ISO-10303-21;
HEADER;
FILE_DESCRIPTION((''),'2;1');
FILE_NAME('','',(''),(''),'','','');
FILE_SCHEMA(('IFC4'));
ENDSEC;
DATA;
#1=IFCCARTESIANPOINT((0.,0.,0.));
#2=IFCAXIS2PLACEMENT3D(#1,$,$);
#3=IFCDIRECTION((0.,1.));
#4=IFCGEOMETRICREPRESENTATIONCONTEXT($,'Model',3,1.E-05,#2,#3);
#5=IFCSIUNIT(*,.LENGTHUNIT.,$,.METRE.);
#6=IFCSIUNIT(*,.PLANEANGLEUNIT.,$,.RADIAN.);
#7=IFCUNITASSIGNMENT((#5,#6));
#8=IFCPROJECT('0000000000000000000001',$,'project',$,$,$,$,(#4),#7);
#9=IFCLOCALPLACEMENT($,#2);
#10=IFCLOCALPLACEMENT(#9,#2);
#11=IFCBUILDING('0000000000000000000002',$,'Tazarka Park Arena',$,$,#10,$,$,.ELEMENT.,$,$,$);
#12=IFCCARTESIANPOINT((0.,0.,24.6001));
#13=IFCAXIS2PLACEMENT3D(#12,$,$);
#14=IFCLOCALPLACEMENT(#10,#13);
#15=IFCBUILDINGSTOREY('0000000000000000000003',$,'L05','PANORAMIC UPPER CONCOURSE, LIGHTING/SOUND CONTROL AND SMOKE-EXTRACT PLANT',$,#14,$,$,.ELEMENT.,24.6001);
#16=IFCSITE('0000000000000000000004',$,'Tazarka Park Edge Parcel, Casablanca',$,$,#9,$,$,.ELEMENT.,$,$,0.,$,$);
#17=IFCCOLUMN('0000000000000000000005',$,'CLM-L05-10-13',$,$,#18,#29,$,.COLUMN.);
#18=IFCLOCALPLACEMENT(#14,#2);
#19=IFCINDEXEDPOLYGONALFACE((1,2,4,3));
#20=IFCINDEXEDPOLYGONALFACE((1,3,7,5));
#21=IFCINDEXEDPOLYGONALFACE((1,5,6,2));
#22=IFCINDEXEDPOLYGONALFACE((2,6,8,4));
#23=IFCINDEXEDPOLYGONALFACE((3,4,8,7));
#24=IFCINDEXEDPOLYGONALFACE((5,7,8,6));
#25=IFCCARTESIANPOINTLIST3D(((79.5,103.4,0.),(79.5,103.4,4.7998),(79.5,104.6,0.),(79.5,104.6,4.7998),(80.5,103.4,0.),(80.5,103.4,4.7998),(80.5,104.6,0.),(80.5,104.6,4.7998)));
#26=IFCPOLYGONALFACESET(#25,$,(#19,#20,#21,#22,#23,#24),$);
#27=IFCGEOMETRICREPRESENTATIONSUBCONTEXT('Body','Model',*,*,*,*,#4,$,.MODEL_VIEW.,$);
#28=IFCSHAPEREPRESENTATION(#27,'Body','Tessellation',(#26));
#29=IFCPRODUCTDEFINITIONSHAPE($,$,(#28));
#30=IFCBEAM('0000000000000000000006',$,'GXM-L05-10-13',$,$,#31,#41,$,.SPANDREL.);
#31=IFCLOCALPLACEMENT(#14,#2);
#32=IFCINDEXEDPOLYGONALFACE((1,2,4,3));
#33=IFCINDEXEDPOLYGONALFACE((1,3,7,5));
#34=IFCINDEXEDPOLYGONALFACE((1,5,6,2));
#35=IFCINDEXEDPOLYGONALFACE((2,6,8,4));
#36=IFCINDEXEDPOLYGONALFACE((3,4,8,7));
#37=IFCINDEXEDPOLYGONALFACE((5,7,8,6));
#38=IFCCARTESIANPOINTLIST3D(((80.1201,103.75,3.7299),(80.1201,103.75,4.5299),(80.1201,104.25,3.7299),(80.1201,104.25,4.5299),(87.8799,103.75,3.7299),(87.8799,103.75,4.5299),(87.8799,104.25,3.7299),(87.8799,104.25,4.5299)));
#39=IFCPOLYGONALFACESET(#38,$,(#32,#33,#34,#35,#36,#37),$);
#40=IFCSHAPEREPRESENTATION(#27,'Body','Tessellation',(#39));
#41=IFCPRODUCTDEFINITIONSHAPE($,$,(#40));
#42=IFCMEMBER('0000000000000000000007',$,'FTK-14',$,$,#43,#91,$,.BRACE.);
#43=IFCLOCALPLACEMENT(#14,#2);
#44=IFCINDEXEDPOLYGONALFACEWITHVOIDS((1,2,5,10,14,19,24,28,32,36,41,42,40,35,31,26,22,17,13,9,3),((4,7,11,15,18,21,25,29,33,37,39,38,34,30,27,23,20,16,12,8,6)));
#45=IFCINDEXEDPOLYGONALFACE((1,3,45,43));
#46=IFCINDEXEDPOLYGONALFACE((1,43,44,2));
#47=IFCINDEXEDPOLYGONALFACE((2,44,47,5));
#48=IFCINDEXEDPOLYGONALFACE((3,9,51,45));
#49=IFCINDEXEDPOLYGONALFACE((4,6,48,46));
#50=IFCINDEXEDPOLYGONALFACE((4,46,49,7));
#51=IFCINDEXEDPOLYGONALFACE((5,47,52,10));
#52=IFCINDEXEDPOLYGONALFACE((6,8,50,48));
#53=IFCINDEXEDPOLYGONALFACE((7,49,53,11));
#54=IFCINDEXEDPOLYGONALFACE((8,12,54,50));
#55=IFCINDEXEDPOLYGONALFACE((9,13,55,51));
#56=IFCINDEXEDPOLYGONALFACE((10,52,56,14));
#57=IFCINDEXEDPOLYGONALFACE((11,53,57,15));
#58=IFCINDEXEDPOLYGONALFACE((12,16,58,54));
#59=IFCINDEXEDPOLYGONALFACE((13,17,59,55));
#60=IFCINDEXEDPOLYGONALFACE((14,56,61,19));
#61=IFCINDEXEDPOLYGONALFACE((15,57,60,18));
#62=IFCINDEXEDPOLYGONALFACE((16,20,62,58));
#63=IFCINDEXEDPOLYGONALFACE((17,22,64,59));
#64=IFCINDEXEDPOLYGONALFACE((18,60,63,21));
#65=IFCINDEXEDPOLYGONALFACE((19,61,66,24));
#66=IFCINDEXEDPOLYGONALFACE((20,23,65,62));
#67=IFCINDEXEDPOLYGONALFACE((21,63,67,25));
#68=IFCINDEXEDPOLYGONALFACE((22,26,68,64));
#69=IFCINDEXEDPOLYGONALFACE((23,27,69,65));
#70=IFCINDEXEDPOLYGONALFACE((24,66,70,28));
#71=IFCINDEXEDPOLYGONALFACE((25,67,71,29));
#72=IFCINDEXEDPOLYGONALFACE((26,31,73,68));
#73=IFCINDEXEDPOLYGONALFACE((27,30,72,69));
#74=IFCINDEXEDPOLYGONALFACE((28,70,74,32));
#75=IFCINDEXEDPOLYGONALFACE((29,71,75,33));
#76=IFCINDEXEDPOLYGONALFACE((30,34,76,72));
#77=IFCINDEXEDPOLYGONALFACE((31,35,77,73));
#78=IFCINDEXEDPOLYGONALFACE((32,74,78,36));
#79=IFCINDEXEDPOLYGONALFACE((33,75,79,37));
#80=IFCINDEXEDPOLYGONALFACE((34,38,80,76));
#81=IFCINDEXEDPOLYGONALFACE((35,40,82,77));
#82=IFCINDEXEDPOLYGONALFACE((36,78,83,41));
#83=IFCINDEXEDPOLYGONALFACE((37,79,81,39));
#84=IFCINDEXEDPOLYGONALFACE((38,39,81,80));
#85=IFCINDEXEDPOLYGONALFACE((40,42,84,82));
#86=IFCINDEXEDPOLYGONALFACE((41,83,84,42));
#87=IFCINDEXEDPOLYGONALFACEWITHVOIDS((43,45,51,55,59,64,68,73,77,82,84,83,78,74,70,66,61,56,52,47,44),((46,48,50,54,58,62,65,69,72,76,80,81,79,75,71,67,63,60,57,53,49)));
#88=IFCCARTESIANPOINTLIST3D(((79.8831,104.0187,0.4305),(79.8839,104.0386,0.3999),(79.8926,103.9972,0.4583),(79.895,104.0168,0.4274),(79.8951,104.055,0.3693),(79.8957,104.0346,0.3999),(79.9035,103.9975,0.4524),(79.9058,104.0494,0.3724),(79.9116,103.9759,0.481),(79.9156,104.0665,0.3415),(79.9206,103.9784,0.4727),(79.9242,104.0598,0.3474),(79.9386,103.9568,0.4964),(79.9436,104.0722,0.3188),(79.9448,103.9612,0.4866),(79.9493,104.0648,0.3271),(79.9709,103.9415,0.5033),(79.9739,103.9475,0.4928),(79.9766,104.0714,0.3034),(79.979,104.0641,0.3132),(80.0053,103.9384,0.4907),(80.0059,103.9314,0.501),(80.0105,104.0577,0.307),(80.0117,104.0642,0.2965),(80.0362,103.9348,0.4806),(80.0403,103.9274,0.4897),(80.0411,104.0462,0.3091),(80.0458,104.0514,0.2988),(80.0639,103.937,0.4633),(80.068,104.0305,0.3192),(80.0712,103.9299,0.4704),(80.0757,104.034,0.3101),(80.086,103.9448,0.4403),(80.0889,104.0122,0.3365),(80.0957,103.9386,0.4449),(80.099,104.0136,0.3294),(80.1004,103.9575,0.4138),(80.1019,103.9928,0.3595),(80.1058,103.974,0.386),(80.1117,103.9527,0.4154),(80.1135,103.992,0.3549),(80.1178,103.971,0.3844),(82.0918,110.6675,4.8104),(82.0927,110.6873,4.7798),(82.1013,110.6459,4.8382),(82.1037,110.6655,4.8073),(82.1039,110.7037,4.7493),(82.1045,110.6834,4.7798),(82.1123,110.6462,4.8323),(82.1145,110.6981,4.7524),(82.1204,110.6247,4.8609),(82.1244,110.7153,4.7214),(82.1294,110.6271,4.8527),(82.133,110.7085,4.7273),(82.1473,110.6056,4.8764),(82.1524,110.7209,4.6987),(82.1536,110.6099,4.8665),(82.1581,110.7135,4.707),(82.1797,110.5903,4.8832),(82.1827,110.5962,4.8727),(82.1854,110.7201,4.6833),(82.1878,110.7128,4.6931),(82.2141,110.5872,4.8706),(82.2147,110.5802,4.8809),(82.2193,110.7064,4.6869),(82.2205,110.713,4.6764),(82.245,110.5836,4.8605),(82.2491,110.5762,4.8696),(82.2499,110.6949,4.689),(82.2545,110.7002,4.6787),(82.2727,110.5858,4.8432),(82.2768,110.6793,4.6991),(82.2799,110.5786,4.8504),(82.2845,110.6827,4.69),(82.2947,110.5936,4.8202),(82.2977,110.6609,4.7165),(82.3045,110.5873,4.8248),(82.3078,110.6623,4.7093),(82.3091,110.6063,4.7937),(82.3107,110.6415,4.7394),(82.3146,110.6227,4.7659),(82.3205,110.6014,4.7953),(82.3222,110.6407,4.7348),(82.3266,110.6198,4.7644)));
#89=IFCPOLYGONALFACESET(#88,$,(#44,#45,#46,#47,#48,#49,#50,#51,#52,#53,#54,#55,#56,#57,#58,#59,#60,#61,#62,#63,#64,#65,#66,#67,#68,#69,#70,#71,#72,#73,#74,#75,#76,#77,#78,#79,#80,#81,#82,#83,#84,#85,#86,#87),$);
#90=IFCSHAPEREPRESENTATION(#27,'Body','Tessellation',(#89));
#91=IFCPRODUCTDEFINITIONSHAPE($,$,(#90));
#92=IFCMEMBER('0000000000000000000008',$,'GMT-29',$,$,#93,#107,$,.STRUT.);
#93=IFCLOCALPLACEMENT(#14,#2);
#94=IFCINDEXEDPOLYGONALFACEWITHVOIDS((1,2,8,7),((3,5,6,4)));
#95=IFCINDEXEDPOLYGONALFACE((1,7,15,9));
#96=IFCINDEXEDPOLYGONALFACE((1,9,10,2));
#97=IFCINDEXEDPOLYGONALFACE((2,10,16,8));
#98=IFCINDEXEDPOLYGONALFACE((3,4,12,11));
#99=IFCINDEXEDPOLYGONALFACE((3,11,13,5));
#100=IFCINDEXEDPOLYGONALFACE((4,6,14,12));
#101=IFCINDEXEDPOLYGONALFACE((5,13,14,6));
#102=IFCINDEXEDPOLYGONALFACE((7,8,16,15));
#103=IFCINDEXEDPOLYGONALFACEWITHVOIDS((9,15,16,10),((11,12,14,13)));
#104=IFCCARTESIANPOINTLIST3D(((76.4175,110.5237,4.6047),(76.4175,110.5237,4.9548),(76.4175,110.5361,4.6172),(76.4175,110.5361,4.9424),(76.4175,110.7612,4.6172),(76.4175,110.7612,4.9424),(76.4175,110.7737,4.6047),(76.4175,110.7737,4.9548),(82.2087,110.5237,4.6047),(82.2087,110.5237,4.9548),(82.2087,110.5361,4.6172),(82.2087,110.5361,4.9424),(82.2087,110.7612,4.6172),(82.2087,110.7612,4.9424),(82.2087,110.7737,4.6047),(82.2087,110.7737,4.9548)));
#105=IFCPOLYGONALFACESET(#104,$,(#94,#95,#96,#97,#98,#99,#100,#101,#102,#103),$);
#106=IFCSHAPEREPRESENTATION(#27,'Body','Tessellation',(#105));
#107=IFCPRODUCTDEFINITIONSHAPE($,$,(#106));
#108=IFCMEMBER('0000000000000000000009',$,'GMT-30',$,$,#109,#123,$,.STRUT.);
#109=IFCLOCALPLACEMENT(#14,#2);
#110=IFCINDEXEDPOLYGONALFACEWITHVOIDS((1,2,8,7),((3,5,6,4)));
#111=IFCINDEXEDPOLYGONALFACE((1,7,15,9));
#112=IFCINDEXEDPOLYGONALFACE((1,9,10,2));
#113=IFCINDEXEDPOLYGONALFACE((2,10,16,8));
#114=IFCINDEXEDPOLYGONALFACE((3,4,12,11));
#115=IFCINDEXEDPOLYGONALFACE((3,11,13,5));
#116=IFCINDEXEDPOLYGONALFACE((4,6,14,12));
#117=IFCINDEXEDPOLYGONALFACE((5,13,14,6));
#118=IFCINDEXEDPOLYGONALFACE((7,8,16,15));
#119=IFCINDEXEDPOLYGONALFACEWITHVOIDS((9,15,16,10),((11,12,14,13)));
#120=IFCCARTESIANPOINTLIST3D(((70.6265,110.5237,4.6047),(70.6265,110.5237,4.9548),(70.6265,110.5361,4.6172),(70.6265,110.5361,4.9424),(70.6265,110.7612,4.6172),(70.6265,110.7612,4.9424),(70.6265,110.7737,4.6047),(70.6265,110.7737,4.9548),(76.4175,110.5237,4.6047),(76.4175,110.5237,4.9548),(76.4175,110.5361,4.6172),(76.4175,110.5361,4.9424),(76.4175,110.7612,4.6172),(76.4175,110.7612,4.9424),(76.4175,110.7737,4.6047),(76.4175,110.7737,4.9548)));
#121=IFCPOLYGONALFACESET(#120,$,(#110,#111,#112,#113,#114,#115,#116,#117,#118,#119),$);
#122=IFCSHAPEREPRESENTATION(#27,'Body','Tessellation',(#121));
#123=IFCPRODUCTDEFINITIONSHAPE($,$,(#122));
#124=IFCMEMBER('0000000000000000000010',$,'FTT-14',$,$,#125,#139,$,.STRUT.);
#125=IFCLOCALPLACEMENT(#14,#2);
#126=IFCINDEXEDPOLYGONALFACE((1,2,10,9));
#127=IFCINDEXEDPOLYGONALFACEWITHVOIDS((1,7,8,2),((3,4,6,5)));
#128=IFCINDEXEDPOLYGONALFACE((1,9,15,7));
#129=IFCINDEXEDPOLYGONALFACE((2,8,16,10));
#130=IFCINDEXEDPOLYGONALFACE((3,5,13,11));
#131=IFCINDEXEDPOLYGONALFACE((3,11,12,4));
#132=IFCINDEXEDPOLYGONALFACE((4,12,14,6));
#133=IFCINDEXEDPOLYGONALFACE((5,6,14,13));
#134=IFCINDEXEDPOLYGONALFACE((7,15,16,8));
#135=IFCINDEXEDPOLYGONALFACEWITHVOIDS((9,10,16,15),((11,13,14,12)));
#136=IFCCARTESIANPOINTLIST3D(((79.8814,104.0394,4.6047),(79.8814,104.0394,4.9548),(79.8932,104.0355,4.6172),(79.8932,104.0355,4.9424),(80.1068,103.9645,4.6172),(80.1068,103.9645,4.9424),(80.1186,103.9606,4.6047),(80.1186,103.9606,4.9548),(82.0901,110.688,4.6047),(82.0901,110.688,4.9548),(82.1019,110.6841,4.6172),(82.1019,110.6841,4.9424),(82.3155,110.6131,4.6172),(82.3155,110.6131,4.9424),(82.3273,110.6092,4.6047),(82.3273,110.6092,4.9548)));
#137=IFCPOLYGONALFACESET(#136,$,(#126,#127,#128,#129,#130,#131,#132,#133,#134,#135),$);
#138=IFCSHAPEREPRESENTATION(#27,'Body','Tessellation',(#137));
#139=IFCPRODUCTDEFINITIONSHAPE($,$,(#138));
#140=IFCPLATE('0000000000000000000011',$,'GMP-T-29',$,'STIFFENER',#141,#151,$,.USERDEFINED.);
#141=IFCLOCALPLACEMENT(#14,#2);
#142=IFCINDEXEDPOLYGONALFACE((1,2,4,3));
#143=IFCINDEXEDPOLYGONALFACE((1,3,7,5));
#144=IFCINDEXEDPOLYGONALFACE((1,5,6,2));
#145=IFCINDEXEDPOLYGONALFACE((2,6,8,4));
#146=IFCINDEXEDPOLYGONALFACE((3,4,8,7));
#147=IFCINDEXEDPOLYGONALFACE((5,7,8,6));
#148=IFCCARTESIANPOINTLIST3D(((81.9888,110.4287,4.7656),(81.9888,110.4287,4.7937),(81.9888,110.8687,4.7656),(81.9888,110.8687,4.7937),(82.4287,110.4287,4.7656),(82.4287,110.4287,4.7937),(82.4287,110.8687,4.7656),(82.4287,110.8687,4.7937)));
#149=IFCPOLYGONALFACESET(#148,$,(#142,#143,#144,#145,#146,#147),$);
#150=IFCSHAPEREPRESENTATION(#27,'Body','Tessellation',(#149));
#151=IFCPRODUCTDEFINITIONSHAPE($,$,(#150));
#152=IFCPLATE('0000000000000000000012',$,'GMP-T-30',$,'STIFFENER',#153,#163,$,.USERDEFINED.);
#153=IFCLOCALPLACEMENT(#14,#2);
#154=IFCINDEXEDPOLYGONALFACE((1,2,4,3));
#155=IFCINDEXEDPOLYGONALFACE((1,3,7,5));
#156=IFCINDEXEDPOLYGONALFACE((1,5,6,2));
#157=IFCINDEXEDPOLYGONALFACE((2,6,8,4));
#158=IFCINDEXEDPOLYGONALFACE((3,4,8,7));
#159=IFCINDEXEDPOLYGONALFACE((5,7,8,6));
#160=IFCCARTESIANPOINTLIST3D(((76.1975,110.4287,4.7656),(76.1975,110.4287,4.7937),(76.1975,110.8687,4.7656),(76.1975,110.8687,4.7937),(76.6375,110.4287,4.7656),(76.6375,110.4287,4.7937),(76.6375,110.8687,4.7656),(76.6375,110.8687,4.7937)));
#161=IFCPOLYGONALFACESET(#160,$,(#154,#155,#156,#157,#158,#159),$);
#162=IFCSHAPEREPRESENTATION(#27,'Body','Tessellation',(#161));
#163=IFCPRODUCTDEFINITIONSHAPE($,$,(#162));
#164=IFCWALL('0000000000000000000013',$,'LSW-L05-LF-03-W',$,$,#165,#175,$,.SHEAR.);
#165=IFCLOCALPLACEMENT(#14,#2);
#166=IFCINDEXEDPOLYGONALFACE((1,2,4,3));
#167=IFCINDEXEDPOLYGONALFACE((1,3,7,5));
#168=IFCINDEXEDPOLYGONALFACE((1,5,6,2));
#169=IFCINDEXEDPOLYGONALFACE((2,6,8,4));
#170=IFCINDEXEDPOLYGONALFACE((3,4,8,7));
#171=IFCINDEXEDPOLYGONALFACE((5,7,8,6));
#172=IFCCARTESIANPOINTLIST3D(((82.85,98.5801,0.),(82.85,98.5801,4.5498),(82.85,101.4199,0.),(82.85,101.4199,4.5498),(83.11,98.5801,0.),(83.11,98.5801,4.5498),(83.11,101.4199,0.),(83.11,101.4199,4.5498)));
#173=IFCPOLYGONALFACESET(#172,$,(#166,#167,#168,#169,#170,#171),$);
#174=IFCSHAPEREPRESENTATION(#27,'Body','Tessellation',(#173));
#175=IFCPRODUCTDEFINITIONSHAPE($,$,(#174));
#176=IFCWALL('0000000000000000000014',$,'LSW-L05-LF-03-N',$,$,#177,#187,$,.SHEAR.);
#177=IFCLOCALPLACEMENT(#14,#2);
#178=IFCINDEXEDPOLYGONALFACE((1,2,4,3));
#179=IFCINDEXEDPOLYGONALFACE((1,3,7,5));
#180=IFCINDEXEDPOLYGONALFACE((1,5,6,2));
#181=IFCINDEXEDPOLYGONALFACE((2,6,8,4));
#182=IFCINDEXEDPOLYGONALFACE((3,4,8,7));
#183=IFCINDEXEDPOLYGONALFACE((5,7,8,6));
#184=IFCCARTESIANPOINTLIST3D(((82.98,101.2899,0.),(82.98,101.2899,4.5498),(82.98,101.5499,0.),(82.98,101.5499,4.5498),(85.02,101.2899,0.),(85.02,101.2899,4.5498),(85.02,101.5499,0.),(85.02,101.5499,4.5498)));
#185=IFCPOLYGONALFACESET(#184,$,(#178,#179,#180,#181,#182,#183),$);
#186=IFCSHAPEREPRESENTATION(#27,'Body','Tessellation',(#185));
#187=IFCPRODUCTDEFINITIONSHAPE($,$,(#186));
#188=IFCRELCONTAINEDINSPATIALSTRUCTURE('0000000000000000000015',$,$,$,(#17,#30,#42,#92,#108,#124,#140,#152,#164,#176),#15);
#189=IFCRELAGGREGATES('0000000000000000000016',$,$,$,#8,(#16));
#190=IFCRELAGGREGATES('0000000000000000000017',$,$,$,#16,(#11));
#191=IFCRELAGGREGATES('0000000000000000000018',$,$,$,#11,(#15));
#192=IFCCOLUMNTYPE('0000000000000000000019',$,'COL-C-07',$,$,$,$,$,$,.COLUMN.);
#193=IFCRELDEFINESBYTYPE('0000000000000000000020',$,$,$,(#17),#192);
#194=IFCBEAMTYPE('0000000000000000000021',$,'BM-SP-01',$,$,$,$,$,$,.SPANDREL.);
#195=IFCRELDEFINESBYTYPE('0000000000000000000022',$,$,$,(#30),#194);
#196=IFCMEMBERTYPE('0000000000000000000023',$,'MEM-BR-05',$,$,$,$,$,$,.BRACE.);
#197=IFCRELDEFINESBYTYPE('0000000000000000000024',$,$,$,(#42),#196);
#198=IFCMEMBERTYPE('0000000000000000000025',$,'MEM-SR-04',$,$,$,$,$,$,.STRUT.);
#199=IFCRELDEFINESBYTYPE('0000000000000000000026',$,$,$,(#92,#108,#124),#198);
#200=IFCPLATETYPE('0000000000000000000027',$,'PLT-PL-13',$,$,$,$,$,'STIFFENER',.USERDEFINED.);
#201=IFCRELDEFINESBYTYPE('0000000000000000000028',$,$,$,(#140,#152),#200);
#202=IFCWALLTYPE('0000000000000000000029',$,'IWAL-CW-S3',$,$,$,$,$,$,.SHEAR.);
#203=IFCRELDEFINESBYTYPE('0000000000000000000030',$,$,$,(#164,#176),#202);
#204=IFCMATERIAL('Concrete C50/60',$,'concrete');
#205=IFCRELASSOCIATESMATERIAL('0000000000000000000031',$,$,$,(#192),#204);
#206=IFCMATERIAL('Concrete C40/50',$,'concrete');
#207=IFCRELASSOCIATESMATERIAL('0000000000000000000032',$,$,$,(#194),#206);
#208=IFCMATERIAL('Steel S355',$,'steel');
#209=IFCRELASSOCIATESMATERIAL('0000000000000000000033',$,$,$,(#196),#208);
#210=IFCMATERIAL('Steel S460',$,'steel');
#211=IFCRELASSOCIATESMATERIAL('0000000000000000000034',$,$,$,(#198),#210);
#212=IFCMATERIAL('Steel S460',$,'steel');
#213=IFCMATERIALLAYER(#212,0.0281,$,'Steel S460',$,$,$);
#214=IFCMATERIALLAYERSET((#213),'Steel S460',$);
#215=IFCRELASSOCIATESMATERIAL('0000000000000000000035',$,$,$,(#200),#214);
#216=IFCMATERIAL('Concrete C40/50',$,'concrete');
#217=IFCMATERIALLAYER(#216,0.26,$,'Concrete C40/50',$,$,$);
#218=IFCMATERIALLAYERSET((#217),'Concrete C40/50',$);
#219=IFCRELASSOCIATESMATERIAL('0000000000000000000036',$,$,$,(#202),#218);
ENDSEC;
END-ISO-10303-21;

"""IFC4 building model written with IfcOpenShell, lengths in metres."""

from ifc_helpers import new_model, si_unit, direction, frame, frame_2d, origin, origin_2d, place, context, subcontext, project, spatial, rectangle, hollow_rectangle, hollow_circle, extrude, material, layer, layer_set, material_profile, profile_set, type_object, element, save


model = new_model("IFC4")

# Units and contexts
model_context = context("Model", 3, precision=1e-05, world=origin(), true_north=direction((0.0, 1.0)))
body_context = subcontext(model_context, "Body", "Model", "MODEL_VIEW")
ifc_project = project(units=[si_unit("LENGTHUNIT", "METRE"), si_unit("PLANEANGLEUNIT", "RADIAN")], contexts=[model_context])

# Site, building, storey
site_placement = place(None, origin())
site = spatial("IfcSite", under=ifc_project, at=site_placement, Name="Tazarka Park Edge Parcel, Casablanca", CompositionType="ELEMENT", RefElevation=0.0)
building_placement = place(site_placement, origin())
building = spatial("IfcBuilding", under=site, at=building_placement, Name="Tazarka Park Arena", CompositionType="ELEMENT")
storey_placement = place(building_placement, frame((0.0, 0.0, 24.6001)))
storey = spatial("IfcBuildingStorey", under=building, at=storey_placement, Name="L05", Description="PANORAMIC UPPER CONCOURSE, LIGHTING/SOUND CONTROL AND SMOKE-EXTRACT PLANT", CompositionType="ELEMENT", Elevation=24.6001)

# Column
ifc_material_1 = material(Name="Concrete C50/60", Category="concrete")
ifc_material_profile_1 = material_profile(ifc_material_1, rectangle(XDim=1.0, YDim=1.2, at=origin_2d()), Name="Concrete C50/60")
ifc_profile_set_1 = profile_set([ifc_material_profile_1], Name="Concrete C50/60")
column_type = type_object("IfcColumnType", Name="COL-C-07", PredefinedType="COLUMN", material=ifc_profile_set_1)
column_placement = place(storey_placement, frame((80.0, 104.0, 0.0), z_axis=(0.0, 0.0, 1.0), x_axis=(1.0, 0.0, 0.0)))
element("IfcColumn", 1, at=column_placement, inside=storey, type_object=column_type, Name="CLM-L05-10-13", PredefinedType="COLUMN", context=body_context, shape_type="SweptSolid", body=[
    extrude(rectangle(XDim=1.0, YDim=1.2, at=origin_2d()), origin(), (0.0, 0.0, 1.0), 4.7998),
])

# Beam
ifc_material_2 = material(Name="Concrete C40/50", Category="concrete")
ifc_material_profile_2 = material_profile(ifc_material_2, rectangle(XDim=0.5, YDim=0.8, at=origin_2d()), Name="Concrete C40/50")
ifc_profile_set_2 = profile_set([ifc_material_profile_2], Name="Concrete C40/50")
beam_type = type_object("IfcBeamType", Name="BM-SP-01", PredefinedType="SPANDREL", material=ifc_profile_set_2)
beam_placement = place(storey_placement, frame((80.1201, 104.0, 4.1299), z_axis=(1.0, 0.0, 0.0), x_axis=(0.0, 1.0, 0.0)))
element("IfcBeam", 2, at=beam_placement, inside=storey, type_object=beam_type, Name="GXM-L05-10-13", PredefinedType="SPANDREL", context=body_context, shape_type="SweptSolid", body=[
    extrude(rectangle(XDim=0.5, YDim=0.8, at=origin_2d()), origin(), (0.0, 0.0, 1.0), 7.7598),
])

# Members
ifc_material_3 = material(Name="Steel S355", Category="steel")
ifc_material_profile_3 = material_profile(ifc_material_3, hollow_circle(Radius=0.1223, WallThickness=0.0125, at=origin_2d()), Name="Steel S355")
ifc_profile_set_3 = profile_set([ifc_material_profile_3], Name="Steel S355")
member_type_1 = type_object("IfcMemberType", Name="MEM-BR-05", PredefinedType="BRACE", material=ifc_profile_set_3)
member_1_placement = place(storey_placement, frame((80.0, 104.0, 0.3999), z_axis=(0.267325, 0.804694, 0.5301), x_axis=(-0.949003, 0.315266, 0.0)))
element("IfcMember", 3, at=member_1_placement, inside=storey, type_object=member_type_1, Name="FTK-14", PredefinedType="BRACE", context=body_context, shape_type="SweptSolid", body=[
    extrude(hollow_circle(Radius=0.1223, WallThickness=0.0125, at=origin_2d()), origin(), (0.0, 0.0, 1.0), 8.2625),
])
ifc_material_4 = material(Name="Steel S460", Category="steel")
ifc_material_profile_4 = material_profile(ifc_material_4, hollow_rectangle(XDim=0.25, YDim=0.3501, WallThickness=0.0125, at=origin_2d()), Name="Steel S460")
ifc_profile_set_4 = profile_set([ifc_material_profile_4], Name="Steel S460")
member_type_2 = type_object("IfcMemberType", Name="MEM-SR-04", PredefinedType="STRUT", material=ifc_profile_set_4)
member_2_placement = place(storey_placement, frame((82.2087, 110.6487, 4.7798), z_axis=(-1.0, 0.0, 0.0), x_axis=(0.0, -1.0, 0.0)))
element("IfcMember", 4, at=member_2_placement, inside=storey, type_object=member_type_2, Name="GMT-29", PredefinedType="STRUT", context=body_context, shape_type="SweptSolid", body=[
    extrude(hollow_rectangle(XDim=0.25, YDim=0.3501, WallThickness=0.0125, at=origin_2d()), origin(), (0.0, 0.0, 1.0), 5.7913),
])
member_3_placement = place(storey_placement, frame((76.4175, 110.6487, 4.7798), z_axis=(-1.0, 0.0, 0.0), x_axis=(0.0, -1.0, 0.0)))
element("IfcMember", 5, at=member_3_placement, inside=storey, type_object=member_type_2, Name="GMT-30", PredefinedType="STRUT", context=body_context, shape_type="SweptSolid", body=[
    extrude(hollow_rectangle(XDim=0.25, YDim=0.3501, WallThickness=0.0125, at=origin_2d()), origin(), (0.0, 0.0, 1.0), 5.791),
])
member_4_placement = place(storey_placement, frame((80.0, 104.0, 4.7798), z_axis=(0.315266, 0.949003, 0.0), x_axis=(-0.949003, 0.315266, 0.0)))
element("IfcMember", 6, at=member_4_placement, inside=storey, type_object=member_type_2, Name="FTT-14", PredefinedType="STRUT", context=body_context, shape_type="SweptSolid", body=[
    extrude(hollow_rectangle(XDim=0.25, YDim=0.3501, WallThickness=0.0125, at=origin_2d()), origin(), (0.0, 0.0, 1.0), 7.0059),
])

# Plates
ifc_material_5 = material(Name="Steel S460", Category="steel")
ifc_layer_1 = layer(ifc_material_5, 0.0281, Name="Steel S460")
ifc_layer_set_1 = layer_set([ifc_layer_1], Name="Steel S460")
plate_type = type_object("IfcPlateType", Name="PLT-PL-13", ElementType="STIFFENER", PredefinedType="USERDEFINED", material=ifc_layer_set_1)
for number, where, z_axis, x_axis, name in (
    (7, (82.2087, 110.6487, 4.7656), (0.0, 0.0, 1.0), (1.0, 0.0, 0.0), "GMP-T-29"),
    (8, (76.4175, 110.6487, 4.7656), (0.0, 0.0, 1.0), (1.0, 0.0, 0.0), "GMP-T-30"),
):
    element("IfcPlate", number, at=place(storey_placement, frame(where, z_axis=z_axis, x_axis=x_axis)), inside=storey, type_object=plate_type, Name=name, ObjectType="STIFFENER", PredefinedType="USERDEFINED", context=body_context, shape_type="SweptSolid", body=[
        extrude(rectangle(XDim=0.4399, YDim=0.4399, at=origin_2d()), origin(), (0.0, 0.0, 1.0), 0.0281),
    ])

# Walls
ifc_material_6 = material(Name="Concrete C40/50", Category="concrete")
ifc_layer_2 = layer(ifc_material_6, 0.26, Name="Concrete C40/50")
ifc_layer_set_2 = layer_set([ifc_layer_2], Name="Concrete C40/50")
wall_type_1 = type_object("IfcWallType", Name="IWAL-CW-S3", PredefinedType="SHEAR", material=ifc_layer_set_2)
wall_1_placement = place(storey_placement, frame((82.98, 98.5801, 0.0), z_axis=(0.0, 0.0, 1.0), x_axis=(0.0, 1.0, 0.0)))
element("IfcWall", 9, at=wall_1_placement, inside=storey, type_object=wall_type_1, Name="LSW-L05-LF-03-W", PredefinedType="SHEAR", context=body_context, shape_type="SweptSolid", body=[
    extrude(rectangle(XDim=2.8398, YDim=0.26, at=frame_2d((1.4199, 0.0))), origin(), (0.0, 0.0, 1.0), 4.5498),
])
for number, where, z_axis, x_axis, name in (
    (10, (82.98, 101.4199, 0.0), (0.0, 0.0, 1.0), (1.0, 0.0, 0.0), "LSW-L05-LF-03-N"),
):
    element("IfcWall", number, at=place(storey_placement, frame(where, z_axis=z_axis, x_axis=x_axis)), inside=storey, type_object=wall_type_1, Name=name, PredefinedType="SHEAR", context=body_context, shape_type="SweptSolid", body=[
        extrude(rectangle(XDim=2.04, YDim=0.26, at=frame_2d((1.02, 0.0))), origin(), (0.0, 0.0, 1.0), 4.5498),
    ])

save(model, "model.ifc")
